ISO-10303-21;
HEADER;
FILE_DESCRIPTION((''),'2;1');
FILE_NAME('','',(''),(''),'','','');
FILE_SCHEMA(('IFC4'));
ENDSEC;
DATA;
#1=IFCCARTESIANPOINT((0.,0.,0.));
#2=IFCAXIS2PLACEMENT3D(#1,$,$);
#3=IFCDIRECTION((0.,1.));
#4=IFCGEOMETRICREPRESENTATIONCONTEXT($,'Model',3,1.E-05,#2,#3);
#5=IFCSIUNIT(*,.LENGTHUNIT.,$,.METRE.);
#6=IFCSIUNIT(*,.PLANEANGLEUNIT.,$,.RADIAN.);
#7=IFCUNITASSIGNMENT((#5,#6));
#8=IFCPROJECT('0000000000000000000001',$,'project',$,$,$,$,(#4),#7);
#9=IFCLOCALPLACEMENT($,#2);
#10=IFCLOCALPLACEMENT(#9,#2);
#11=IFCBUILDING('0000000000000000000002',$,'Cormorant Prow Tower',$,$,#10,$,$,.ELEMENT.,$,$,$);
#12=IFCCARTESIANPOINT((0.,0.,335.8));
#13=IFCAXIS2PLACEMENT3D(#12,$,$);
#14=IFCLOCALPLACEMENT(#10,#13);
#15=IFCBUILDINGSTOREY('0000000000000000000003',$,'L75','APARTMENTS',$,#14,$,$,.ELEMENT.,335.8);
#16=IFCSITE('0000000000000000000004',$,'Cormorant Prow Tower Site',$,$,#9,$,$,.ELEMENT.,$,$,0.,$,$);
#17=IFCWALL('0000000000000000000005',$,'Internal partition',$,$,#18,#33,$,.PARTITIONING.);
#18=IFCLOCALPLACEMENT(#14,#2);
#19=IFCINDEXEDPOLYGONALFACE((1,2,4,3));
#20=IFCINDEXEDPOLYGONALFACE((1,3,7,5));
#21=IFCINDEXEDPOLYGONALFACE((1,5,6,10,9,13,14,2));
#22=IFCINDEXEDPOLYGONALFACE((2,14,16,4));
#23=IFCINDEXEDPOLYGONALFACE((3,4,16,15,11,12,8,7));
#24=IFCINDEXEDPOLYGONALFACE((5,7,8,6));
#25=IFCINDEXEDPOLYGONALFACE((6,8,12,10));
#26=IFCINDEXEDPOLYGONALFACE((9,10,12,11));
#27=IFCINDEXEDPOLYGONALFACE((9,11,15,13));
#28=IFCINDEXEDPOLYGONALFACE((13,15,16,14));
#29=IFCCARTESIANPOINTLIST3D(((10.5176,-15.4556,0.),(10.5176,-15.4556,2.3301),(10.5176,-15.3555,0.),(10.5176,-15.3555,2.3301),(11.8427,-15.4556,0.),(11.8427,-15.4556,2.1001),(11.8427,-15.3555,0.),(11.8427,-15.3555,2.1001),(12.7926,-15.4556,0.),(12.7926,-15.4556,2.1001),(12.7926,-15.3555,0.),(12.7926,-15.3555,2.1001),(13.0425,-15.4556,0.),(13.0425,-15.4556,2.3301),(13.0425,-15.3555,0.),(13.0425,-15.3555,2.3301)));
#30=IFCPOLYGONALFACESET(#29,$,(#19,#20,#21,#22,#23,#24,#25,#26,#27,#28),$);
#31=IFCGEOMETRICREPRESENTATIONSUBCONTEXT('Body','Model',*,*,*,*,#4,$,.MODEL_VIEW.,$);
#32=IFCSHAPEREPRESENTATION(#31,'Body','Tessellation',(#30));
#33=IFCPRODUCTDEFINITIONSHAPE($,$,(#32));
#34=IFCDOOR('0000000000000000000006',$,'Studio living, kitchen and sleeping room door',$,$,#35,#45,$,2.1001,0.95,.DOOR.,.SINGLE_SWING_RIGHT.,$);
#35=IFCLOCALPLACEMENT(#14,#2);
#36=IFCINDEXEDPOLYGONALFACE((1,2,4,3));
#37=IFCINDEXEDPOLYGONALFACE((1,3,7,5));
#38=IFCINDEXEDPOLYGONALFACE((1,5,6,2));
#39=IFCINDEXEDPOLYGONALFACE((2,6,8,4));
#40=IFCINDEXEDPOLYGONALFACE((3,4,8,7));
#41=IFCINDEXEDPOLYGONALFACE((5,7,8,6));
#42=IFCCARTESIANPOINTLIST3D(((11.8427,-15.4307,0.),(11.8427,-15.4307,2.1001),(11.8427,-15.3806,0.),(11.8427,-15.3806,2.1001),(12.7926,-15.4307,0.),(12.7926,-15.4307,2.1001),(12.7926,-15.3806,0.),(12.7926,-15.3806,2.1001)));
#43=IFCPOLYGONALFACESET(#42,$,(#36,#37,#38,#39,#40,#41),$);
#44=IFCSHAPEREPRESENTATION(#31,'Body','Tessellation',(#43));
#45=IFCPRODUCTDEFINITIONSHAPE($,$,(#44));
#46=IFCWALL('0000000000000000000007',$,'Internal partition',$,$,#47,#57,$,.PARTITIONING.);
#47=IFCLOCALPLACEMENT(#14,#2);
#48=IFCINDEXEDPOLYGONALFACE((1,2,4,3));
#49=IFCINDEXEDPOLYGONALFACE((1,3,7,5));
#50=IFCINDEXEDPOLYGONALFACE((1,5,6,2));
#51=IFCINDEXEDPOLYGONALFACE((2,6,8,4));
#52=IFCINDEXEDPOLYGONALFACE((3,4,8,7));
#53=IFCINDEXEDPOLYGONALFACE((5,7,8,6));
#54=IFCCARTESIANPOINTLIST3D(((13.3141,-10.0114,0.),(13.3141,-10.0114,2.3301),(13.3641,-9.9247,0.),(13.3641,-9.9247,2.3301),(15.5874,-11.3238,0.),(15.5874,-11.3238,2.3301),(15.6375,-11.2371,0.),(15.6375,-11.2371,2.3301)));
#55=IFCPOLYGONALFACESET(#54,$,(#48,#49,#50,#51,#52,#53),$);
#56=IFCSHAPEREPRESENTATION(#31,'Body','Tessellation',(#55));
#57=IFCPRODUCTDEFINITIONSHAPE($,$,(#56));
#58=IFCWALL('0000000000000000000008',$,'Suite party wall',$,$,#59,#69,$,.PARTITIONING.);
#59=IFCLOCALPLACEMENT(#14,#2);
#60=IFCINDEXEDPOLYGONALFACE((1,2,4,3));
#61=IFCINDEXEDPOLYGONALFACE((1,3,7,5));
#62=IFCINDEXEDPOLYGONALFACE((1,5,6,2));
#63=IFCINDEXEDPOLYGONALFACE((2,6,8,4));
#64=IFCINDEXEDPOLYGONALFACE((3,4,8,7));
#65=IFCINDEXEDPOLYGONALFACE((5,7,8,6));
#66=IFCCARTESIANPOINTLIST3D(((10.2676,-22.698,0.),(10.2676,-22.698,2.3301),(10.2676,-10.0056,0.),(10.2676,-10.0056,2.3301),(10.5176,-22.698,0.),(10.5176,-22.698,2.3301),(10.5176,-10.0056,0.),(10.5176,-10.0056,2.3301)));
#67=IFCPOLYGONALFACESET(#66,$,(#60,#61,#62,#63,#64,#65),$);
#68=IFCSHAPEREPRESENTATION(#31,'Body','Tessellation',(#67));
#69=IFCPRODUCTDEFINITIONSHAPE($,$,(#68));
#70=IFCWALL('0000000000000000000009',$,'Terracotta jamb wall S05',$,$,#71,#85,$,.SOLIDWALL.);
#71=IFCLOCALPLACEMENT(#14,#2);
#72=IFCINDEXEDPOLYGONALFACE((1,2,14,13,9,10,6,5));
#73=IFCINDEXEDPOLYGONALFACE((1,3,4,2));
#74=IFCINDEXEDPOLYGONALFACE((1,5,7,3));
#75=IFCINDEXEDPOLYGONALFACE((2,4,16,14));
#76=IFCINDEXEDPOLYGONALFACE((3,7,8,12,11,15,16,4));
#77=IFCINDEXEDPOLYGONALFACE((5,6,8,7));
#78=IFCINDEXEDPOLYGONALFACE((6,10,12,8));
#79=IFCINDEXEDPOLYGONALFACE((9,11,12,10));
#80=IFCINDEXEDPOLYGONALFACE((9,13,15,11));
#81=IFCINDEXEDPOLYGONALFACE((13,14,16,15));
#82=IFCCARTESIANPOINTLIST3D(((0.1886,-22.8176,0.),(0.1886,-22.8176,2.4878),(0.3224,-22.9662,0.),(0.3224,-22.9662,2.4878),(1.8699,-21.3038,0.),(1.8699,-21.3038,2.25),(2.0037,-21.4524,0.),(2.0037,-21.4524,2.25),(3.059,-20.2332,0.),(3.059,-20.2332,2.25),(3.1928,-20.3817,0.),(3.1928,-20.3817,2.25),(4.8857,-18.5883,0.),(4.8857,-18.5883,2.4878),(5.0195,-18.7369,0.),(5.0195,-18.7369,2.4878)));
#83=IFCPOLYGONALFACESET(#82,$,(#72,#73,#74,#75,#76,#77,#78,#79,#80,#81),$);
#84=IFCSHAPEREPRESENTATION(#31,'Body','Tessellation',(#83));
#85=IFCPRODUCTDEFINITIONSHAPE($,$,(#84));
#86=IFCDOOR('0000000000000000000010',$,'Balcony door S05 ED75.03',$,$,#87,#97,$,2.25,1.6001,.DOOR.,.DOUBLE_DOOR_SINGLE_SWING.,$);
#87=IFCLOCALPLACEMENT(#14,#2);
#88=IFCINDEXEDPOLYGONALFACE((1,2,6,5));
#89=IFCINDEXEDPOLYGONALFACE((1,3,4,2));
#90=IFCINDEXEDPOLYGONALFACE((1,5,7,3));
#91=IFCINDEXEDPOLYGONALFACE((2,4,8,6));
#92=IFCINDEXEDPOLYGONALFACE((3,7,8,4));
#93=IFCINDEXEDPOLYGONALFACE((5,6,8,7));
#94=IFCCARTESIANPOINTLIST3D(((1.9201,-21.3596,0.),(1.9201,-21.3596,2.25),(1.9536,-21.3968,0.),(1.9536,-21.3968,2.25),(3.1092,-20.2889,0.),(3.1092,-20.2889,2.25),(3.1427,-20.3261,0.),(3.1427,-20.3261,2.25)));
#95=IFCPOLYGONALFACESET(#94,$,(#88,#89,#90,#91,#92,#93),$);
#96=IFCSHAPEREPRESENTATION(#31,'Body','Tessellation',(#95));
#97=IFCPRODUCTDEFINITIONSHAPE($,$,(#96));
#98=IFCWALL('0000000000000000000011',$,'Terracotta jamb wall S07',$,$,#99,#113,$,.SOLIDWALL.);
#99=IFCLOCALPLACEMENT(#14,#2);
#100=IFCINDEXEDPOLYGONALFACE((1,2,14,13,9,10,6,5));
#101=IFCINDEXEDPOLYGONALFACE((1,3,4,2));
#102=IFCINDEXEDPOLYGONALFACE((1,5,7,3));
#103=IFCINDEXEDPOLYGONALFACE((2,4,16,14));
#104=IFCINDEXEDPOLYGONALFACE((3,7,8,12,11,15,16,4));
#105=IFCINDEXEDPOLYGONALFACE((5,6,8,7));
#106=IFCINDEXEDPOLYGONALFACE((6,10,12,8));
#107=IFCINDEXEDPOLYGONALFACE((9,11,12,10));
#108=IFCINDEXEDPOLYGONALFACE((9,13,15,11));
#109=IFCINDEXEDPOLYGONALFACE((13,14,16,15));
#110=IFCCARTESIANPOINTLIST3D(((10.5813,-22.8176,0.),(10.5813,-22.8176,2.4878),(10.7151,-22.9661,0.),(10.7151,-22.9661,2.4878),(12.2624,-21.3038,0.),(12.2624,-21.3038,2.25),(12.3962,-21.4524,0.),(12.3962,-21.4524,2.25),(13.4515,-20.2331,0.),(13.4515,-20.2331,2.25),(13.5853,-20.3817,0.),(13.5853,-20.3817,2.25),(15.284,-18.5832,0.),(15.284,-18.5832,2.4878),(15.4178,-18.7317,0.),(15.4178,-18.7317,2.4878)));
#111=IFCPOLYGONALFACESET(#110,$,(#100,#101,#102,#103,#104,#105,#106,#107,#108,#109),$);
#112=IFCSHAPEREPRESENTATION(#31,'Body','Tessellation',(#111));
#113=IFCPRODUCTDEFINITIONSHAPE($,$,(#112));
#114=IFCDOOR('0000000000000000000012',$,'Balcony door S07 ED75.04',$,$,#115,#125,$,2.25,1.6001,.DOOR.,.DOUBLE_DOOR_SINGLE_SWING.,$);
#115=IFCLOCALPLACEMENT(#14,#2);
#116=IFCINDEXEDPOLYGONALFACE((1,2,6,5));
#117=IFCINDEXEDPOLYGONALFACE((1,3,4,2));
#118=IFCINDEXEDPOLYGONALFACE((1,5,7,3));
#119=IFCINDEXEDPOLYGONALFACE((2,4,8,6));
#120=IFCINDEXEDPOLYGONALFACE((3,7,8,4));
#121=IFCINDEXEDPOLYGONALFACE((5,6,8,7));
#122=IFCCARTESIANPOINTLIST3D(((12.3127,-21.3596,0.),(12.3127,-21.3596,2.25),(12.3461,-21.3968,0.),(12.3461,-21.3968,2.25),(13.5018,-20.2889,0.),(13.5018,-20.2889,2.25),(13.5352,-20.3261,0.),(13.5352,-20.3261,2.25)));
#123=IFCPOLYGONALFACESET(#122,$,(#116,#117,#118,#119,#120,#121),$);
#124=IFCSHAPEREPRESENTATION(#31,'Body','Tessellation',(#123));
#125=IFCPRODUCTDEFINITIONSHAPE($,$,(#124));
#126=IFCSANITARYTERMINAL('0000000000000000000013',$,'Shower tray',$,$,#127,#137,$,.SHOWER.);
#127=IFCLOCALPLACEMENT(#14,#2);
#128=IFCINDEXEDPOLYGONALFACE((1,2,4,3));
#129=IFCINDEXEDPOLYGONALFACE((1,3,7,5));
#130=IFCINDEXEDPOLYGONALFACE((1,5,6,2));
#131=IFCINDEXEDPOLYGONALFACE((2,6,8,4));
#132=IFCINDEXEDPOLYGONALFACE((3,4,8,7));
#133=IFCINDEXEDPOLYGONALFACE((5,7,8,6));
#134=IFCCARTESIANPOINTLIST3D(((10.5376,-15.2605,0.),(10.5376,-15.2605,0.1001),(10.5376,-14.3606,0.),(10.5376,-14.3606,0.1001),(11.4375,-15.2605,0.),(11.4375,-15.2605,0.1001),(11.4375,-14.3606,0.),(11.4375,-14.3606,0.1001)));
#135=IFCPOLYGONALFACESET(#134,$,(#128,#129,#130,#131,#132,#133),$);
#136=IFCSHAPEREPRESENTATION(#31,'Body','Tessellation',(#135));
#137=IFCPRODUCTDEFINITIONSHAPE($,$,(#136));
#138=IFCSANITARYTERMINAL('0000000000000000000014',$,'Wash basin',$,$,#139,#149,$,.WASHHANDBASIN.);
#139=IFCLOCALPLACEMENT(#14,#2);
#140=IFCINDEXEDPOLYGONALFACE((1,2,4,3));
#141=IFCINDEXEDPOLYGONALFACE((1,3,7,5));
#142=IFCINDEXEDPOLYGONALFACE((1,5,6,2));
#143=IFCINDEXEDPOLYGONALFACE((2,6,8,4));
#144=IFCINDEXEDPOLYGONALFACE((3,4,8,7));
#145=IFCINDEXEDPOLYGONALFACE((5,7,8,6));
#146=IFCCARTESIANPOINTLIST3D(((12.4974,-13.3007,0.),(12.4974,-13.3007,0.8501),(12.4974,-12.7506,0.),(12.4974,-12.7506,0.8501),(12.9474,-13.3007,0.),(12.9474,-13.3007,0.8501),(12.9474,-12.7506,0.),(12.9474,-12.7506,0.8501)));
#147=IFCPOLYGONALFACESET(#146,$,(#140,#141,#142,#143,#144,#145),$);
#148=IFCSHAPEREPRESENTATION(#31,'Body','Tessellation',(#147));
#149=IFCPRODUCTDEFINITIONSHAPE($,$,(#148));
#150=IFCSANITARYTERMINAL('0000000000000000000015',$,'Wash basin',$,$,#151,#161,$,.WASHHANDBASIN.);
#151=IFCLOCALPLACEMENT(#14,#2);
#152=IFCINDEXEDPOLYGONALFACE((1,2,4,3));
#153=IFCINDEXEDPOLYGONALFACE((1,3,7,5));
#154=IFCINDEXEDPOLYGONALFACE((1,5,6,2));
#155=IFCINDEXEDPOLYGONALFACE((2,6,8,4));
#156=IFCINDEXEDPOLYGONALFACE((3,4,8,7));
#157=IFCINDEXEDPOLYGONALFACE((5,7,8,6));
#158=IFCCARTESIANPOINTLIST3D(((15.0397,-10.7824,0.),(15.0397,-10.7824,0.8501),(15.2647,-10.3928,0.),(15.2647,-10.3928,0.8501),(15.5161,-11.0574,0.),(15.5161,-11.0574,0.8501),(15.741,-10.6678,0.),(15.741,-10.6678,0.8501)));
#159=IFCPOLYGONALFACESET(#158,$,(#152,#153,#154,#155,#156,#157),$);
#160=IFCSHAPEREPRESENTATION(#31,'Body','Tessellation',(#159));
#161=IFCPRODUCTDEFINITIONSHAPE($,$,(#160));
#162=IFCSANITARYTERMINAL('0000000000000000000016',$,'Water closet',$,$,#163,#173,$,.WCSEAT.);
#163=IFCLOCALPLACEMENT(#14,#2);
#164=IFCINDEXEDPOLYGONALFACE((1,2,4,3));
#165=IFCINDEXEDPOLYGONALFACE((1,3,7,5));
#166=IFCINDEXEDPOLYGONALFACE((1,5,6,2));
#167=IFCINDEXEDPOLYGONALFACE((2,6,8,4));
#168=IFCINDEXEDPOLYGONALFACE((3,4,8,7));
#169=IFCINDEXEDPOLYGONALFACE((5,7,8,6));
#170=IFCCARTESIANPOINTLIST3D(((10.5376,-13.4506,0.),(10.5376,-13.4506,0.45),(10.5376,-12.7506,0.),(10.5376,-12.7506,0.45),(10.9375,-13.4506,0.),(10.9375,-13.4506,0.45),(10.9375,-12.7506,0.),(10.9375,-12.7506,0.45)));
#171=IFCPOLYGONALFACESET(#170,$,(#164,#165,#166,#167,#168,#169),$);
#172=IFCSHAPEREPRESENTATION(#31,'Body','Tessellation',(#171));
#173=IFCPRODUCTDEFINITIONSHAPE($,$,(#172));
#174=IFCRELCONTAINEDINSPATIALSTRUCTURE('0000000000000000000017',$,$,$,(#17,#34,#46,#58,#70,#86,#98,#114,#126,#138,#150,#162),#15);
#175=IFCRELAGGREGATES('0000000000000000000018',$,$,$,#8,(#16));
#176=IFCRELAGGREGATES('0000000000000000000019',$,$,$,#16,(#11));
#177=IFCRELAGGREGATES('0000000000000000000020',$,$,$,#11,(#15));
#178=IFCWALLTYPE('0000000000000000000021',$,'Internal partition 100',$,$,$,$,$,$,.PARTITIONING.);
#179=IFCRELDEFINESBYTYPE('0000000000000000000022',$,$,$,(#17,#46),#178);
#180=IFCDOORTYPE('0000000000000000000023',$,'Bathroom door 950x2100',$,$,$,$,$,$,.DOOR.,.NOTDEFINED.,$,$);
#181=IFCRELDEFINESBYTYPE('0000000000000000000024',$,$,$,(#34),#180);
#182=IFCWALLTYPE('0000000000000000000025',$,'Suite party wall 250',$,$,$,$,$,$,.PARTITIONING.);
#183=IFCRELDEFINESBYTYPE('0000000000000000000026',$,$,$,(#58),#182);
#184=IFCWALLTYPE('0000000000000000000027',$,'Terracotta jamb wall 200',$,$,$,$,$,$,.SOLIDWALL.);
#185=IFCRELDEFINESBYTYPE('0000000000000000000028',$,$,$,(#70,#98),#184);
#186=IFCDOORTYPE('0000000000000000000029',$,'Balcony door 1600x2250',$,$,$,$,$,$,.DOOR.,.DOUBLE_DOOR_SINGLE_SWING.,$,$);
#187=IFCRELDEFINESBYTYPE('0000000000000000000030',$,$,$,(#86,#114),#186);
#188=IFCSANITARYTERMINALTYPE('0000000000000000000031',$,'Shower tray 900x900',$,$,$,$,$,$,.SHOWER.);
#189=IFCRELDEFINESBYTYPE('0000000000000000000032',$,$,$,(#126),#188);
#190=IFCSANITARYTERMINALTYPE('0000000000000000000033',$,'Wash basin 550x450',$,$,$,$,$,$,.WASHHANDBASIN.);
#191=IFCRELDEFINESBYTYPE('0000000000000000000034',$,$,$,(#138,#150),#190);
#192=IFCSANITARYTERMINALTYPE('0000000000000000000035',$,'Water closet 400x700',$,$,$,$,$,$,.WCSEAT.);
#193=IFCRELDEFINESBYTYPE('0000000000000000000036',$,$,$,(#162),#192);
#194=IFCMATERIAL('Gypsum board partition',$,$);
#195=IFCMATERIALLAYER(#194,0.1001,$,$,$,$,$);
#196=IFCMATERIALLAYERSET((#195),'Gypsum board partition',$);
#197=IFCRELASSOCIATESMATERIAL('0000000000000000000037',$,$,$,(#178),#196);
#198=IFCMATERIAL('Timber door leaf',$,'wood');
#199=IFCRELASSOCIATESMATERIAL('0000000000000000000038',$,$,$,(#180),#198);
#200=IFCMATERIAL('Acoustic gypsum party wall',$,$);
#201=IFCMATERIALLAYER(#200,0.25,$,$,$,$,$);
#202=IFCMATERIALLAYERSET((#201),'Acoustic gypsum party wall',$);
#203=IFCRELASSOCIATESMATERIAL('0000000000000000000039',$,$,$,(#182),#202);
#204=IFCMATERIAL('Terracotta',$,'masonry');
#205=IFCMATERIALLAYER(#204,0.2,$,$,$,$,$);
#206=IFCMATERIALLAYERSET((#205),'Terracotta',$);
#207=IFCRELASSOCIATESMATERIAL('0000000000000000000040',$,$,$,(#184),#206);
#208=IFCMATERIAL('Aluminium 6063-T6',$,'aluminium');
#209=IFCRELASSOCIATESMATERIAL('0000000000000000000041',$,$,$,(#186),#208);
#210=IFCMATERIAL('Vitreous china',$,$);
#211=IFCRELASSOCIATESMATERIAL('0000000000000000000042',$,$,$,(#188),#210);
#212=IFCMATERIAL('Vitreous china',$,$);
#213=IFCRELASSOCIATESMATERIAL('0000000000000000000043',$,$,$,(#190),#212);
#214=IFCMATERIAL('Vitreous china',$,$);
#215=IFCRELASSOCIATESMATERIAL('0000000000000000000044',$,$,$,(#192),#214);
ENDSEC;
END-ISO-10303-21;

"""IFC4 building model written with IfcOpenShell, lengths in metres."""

from ifc_helpers import new_model, si_unit, direction, frame, frame_2d, origin, origin_2d, place, context, subcontext, project, spatial, rectangle, extrude, material, layer, layer_set, type_object, element, fill, save


model = new_model("IFC4")

# Units and contexts
model_context = context("Model", 3, precision=1e-05, world=origin(), true_north=direction((0.0, 1.0)))
body_context = subcontext(model_context, "Body", "Model", "MODEL_VIEW")
ifc_project = project(units=[si_unit("LENGTHUNIT", "METRE"), si_unit("PLANEANGLEUNIT", "RADIAN")], contexts=[model_context])

# Site, building, storey
site_placement = place(None, origin())
site = spatial("IfcSite", under=ifc_project, at=site_placement, Name="Cormorant Prow Tower Site", CompositionType="ELEMENT", RefElevation=0.0)
building_placement = place(site_placement, origin())
building = spatial("IfcBuilding", under=site, at=building_placement, Name="Cormorant Prow Tower", CompositionType="ELEMENT")
storey_placement = place(building_placement, frame((0.0, 0.0, 335.8)))
storey = spatial("IfcBuildingStorey", under=building, at=storey_placement, Name="L75", Description="APARTMENTS", CompositionType="ELEMENT", Elevation=335.8)

# Shared definitions
ifc_material_1 = material(Name="Gypsum board partition")
ifc_layer_1 = layer(ifc_material_1, 0.1001)
ifc_layer_set_1 = layer_set([ifc_layer_1], Name="Gypsum board partition")
wall_type_1 = type_object("IfcWallType", Name="Internal partition 100", PredefinedType="PARTITIONING", material=ifc_layer_set_1)
ifc_material_2 = material(Name="Timber door leaf", Category="wood")
door_type_1 = type_object("IfcDoorType", Name="Bathroom door 950x2100", OperationType="NOTDEFINED", PredefinedType="DOOR", material=ifc_material_2)

# Wall, opening, door
wall_1_placement = place(storey_placement, frame((10.5176, -15.4055, 0.0), z_axis=(0.0, 0.0, 1.0), x_axis=(1.0, 0.0, 0.0)))
wall_1 = element("IfcWall", 1, at=wall_1_placement, inside=storey, type_object=wall_type_1, Name="Internal partition", PredefinedType="PARTITIONING", context=body_context, shape_type="SweptSolid", body=[
    extrude(rectangle(XDim=2.5249, YDim=0.1001, at=frame_2d((1.2625, 0.0))), origin(), (0.0, 0.0, 1.0), 2.3301),
])
opening_1_placement = place(wall_1_placement, frame((1.325, 0.0, 0.0)))
opening_1 = element("IfcOpeningElement", 2, at=opening_1_placement, cuts=wall_1, PredefinedType="OPENING", context=body_context, shape_type="SweptSolid", body=[
    extrude(rectangle(XDim=0.95, YDim=2.1001, at=frame_2d((0.4751, 1.05))), frame((0.0, 0.0601, 0.0), z_axis=(0.0, -1.0, 0.0), x_axis=(1.0, 0.0, 0.0)), (0.0, 0.0, 1.0), 0.1201),
])
door_1_placement = place(opening_1_placement, origin())
door_1 = element("IfcDoor", 3, at=door_1_placement, inside=storey, type_object=door_type_1, Name="Studio living, kitchen and sleeping room door", OperationType="SINGLE_SWING_RIGHT", OverallHeight=2.1001, OverallWidth=0.95, PredefinedType="DOOR", context=body_context, shape_type="SweptSolid", body=[
    extrude(rectangle(XDim=0.95, YDim=2.1001, at=frame_2d((0.4751, 1.05))), frame((0.0, 0.0249, 0.0), z_axis=(0.0, -1.0, 0.0), x_axis=(1.0, 0.0, 0.0)), (0.0, 0.0, 1.0), 0.05),
])
fill(opening_1, door_1)

# Walls
wall_2_placement = place(storey_placement, frame((13.3391, -9.968, 0.0), z_axis=(0.0, 0.0, 1.0), x_axis=(0.866037, -0.49998, 0.0)))
element("IfcWall", 4, at=wall_2_placement, inside=storey, type_object=wall_type_1, Name="Internal partition", PredefinedType="PARTITIONING", context=body_context, shape_type="SweptSolid", body=[
    extrude(rectangle(XDim=2.625, YDim=0.1001, at=frame_2d((1.3125, 0.0))), origin(), (0.0, 0.0, 1.0), 2.3301),
])
ifc_material_3 = material(Name="Acoustic gypsum party wall")
ifc_layer_2 = layer(ifc_material_3, 0.25)
ifc_layer_set_2 = layer_set([ifc_layer_2], Name="Acoustic gypsum party wall")
wall_type_2 = type_object("IfcWallType", Name="Suite party wall 250", PredefinedType="PARTITIONING", material=ifc_layer_set_2)
wall_3_placement = place(storey_placement, frame((10.3926, -22.698, 0.0), z_axis=(0.0, 0.0, 1.0), x_axis=(0.0, 1.0, 0.0)))
element("IfcWall", 5, at=wall_3_placement, inside=storey, type_object=wall_type_2, Name="Suite party wall", PredefinedType="PARTITIONING", context=body_context, shape_type="SweptSolid", body=[
    extrude(rectangle(XDim=12.6924, YDim=0.25, at=frame_2d((6.3462, 0.0))), origin(), (0.0, 0.0, 1.0), 2.3301),
])

# Walls, openings, doors
ifc_material_4 = material(Name="Terracotta", Category="masonry")
ifc_layer_3 = layer(ifc_material_4, 0.2)
ifc_layer_set_3 = layer_set([ifc_layer_3], Name="Terracotta")
wall_type_3 = type_object("IfcWallType", Name="Terracotta jamb wall 200", PredefinedType="SOLIDWALL", material=ifc_layer_set_3)
wall_4_placement = place(storey_placement, frame((0.2556, -22.8918, 0.0), z_axis=(0.0, 0.0, 1.0), x_axis=(0.743142, 0.669133, 0.0)))
wall_4 = element("IfcWall", 6, at=wall_4_placement, inside=storey, type_object=wall_type_3, Name="Terracotta jamb wall S05", PredefinedType="SOLIDWALL", context=body_context, shape_type="SweptSolid", body=[
    extrude(rectangle(XDim=6.3206, YDim=0.2, at=frame_2d((3.1602, 0.0))), origin(), (0.0, 0.0, 1.0), 2.4878),
])
opening_2_placement = place(wall_4_placement, frame((2.2622, 0.0, 0.0)))
opening_2 = element("IfcOpeningElement", 7, at=opening_2_placement, cuts=wall_4, PredefinedType="OPENING", context=body_context, shape_type="SweptSolid", body=[
    extrude(rectangle(XDim=1.6001, YDim=2.25, at=frame_2d((0.8, 1.125))), frame((0.0, 0.1099, 0.0), z_axis=(0.0, -1.0, 0.0), x_axis=(1.0, 0.0, 0.0)), (0.0, 0.0, 1.0), 0.22),
])
ifc_material_5 = material(Name="Aluminium 6063-T6", Category="aluminium")
door_type_2 = type_object("IfcDoorType", Name="Balcony door 1600x2250", OperationType="DOUBLE_DOOR_SINGLE_SWING", PredefinedType="DOOR", material=ifc_material_5)
door_2_placement = place(opening_2_placement, origin())
door_2 = element("IfcDoor", 8, at=door_2_placement, inside=storey, type_object=door_type_2, Name="Balcony door S05 ED75.03", OperationType="DOUBLE_DOOR_SINGLE_SWING", OverallHeight=2.25, OverallWidth=1.6001, PredefinedType="DOOR", context=body_context, shape_type="SweptSolid", body=[
    extrude(rectangle(XDim=1.6001, YDim=2.25, at=frame_2d((0.8, 1.125))), frame((0.0, 0.0249, 0.0), z_axis=(0.0, -1.0, 0.0), x_axis=(1.0, 0.0, 0.0)), (0.0, 0.0, 1.0), 0.05),
])
fill(opening_2, door_2)
wall_5_placement = place(storey_placement, frame((10.6482, -22.8918, 0.0), z_axis=(0.0, 0.0, 1.0), x_axis=(0.743137, 0.669139, 0.0)))
wall_5 = element("IfcWall", 9, at=wall_5_placement, inside=storey, type_object=wall_type_3, Name="Terracotta jamb wall S07", PredefinedType="SOLIDWALL", context=body_context, shape_type="SweptSolid", body=[
    extrude(rectangle(XDim=6.3281, YDim=0.2, at=frame_2d((3.1641, 0.0))), origin(), (0.0, 0.0, 1.0), 2.4878),
])
opening_3_placement = place(wall_5_placement, frame((2.2622, 0.0, 0.0)))
opening_3 = element("IfcOpeningElement", 10, at=opening_3_placement, cuts=wall_5, PredefinedType="OPENING", context=body_context, shape_type="SweptSolid", body=[
    extrude(rectangle(XDim=1.6001, YDim=2.25, at=frame_2d((0.8, 1.125))), frame((0.0, 0.1099, 0.0), z_axis=(0.0, -1.0, 0.0), x_axis=(1.0, 0.0, 0.0)), (0.0, 0.0, 1.0), 0.22),
])
door_3_placement = place(opening_3_placement, origin())
door_3 = element("IfcDoor", 11, at=door_3_placement, inside=storey, type_object=door_type_2, Name="Balcony door S07 ED75.04", OperationType="DOUBLE_DOOR_SINGLE_SWING", OverallHeight=2.25, OverallWidth=1.6001, PredefinedType="DOOR", context=body_context, shape_type="SweptSolid", body=[
    extrude(rectangle(XDim=1.6001, YDim=2.25, at=frame_2d((0.8, 1.125))), frame((0.0, 0.0249, 0.0), z_axis=(0.0, -1.0, 0.0), x_axis=(1.0, 0.0, 0.0)), (0.0, 0.0, 1.0), 0.05),
])
fill(opening_3, door_3)

# Sanitary terminals
ifc_material_6 = material(Name="Vitreous china")
sanitary_terminal_type_1 = type_object("IfcSanitaryTerminalType", Name="Shower tray 900x900", PredefinedType="SHOWER", material=ifc_material_6)
sanitary_terminal_1_placement = place(storey_placement, frame((10.9875, -14.8105, 0.0), z_axis=(0.0, 0.0, 1.0), x_axis=(0.0, 1.0, 0.0)))
element("IfcSanitaryTerminal", 12, at=sanitary_terminal_1_placement, inside=storey, type_object=sanitary_terminal_type_1, Name="Shower tray", PredefinedType="SHOWER", context=body_context, shape_type="SweptSolid", body=[
    extrude(rectangle(XDim=0.8999, YDim=0.8999, at=origin_2d()), origin(), (0.0, 0.0, 1.0), 0.1001),
])
ifc_material_7 = material(Name="Vitreous china")
sanitary_terminal_type_2 = type_object("IfcSanitaryTerminalType", Name="Wash basin 550x450", PredefinedType="WASHHANDBASIN", material=ifc_material_7)
for number, where, z_axis, x_axis, name in (
    (13, (12.7224, -13.0256, 0.0), (0.0, 0.0, 1.0), (0.0, -1.0, 0.0), "Wash basin"),
    (14, (15.3904, -10.7251, 0.0), (0.0, 0.0, 1.0), (-0.866025, 0.5, 0.0), "Wash basin"),
):
    element("IfcSanitaryTerminal", number, at=place(storey_placement, frame(where, z_axis=z_axis, x_axis=x_axis)), inside=storey, type_object=sanitary_terminal_type_2, Name=name, PredefinedType="WASHHANDBASIN", context=body_context, shape_type="SweptSolid", body=[
        extrude(rectangle(XDim=0.55, YDim=0.45, at=origin_2d()), origin(), (0.0, 0.0, 1.0), 0.8501),
    ])
ifc_material_8 = material(Name="Vitreous china")
sanitary_terminal_type_3 = type_object("IfcSanitaryTerminalType", Name="Water closet 400x700", PredefinedType="WCSEAT", material=ifc_material_8)
sanitary_terminal_2_placement = place(storey_placement, frame((10.7375, -13.1006, 0.0), z_axis=(0.0, 0.0, 1.0), x_axis=(1.0, 0.0, 0.0)))
element("IfcSanitaryTerminal", 15, at=sanitary_terminal_2_placement, inside=storey, type_object=sanitary_terminal_type_3, Name="Water closet", PredefinedType="WCSEAT", context=body_context, shape_type="SweptSolid", body=[
    extrude(rectangle(XDim=0.3999, YDim=0.7, at=origin_2d()), origin(), (0.0, 0.0, 1.0), 0.45),
])

save(model, "model.ifc")
